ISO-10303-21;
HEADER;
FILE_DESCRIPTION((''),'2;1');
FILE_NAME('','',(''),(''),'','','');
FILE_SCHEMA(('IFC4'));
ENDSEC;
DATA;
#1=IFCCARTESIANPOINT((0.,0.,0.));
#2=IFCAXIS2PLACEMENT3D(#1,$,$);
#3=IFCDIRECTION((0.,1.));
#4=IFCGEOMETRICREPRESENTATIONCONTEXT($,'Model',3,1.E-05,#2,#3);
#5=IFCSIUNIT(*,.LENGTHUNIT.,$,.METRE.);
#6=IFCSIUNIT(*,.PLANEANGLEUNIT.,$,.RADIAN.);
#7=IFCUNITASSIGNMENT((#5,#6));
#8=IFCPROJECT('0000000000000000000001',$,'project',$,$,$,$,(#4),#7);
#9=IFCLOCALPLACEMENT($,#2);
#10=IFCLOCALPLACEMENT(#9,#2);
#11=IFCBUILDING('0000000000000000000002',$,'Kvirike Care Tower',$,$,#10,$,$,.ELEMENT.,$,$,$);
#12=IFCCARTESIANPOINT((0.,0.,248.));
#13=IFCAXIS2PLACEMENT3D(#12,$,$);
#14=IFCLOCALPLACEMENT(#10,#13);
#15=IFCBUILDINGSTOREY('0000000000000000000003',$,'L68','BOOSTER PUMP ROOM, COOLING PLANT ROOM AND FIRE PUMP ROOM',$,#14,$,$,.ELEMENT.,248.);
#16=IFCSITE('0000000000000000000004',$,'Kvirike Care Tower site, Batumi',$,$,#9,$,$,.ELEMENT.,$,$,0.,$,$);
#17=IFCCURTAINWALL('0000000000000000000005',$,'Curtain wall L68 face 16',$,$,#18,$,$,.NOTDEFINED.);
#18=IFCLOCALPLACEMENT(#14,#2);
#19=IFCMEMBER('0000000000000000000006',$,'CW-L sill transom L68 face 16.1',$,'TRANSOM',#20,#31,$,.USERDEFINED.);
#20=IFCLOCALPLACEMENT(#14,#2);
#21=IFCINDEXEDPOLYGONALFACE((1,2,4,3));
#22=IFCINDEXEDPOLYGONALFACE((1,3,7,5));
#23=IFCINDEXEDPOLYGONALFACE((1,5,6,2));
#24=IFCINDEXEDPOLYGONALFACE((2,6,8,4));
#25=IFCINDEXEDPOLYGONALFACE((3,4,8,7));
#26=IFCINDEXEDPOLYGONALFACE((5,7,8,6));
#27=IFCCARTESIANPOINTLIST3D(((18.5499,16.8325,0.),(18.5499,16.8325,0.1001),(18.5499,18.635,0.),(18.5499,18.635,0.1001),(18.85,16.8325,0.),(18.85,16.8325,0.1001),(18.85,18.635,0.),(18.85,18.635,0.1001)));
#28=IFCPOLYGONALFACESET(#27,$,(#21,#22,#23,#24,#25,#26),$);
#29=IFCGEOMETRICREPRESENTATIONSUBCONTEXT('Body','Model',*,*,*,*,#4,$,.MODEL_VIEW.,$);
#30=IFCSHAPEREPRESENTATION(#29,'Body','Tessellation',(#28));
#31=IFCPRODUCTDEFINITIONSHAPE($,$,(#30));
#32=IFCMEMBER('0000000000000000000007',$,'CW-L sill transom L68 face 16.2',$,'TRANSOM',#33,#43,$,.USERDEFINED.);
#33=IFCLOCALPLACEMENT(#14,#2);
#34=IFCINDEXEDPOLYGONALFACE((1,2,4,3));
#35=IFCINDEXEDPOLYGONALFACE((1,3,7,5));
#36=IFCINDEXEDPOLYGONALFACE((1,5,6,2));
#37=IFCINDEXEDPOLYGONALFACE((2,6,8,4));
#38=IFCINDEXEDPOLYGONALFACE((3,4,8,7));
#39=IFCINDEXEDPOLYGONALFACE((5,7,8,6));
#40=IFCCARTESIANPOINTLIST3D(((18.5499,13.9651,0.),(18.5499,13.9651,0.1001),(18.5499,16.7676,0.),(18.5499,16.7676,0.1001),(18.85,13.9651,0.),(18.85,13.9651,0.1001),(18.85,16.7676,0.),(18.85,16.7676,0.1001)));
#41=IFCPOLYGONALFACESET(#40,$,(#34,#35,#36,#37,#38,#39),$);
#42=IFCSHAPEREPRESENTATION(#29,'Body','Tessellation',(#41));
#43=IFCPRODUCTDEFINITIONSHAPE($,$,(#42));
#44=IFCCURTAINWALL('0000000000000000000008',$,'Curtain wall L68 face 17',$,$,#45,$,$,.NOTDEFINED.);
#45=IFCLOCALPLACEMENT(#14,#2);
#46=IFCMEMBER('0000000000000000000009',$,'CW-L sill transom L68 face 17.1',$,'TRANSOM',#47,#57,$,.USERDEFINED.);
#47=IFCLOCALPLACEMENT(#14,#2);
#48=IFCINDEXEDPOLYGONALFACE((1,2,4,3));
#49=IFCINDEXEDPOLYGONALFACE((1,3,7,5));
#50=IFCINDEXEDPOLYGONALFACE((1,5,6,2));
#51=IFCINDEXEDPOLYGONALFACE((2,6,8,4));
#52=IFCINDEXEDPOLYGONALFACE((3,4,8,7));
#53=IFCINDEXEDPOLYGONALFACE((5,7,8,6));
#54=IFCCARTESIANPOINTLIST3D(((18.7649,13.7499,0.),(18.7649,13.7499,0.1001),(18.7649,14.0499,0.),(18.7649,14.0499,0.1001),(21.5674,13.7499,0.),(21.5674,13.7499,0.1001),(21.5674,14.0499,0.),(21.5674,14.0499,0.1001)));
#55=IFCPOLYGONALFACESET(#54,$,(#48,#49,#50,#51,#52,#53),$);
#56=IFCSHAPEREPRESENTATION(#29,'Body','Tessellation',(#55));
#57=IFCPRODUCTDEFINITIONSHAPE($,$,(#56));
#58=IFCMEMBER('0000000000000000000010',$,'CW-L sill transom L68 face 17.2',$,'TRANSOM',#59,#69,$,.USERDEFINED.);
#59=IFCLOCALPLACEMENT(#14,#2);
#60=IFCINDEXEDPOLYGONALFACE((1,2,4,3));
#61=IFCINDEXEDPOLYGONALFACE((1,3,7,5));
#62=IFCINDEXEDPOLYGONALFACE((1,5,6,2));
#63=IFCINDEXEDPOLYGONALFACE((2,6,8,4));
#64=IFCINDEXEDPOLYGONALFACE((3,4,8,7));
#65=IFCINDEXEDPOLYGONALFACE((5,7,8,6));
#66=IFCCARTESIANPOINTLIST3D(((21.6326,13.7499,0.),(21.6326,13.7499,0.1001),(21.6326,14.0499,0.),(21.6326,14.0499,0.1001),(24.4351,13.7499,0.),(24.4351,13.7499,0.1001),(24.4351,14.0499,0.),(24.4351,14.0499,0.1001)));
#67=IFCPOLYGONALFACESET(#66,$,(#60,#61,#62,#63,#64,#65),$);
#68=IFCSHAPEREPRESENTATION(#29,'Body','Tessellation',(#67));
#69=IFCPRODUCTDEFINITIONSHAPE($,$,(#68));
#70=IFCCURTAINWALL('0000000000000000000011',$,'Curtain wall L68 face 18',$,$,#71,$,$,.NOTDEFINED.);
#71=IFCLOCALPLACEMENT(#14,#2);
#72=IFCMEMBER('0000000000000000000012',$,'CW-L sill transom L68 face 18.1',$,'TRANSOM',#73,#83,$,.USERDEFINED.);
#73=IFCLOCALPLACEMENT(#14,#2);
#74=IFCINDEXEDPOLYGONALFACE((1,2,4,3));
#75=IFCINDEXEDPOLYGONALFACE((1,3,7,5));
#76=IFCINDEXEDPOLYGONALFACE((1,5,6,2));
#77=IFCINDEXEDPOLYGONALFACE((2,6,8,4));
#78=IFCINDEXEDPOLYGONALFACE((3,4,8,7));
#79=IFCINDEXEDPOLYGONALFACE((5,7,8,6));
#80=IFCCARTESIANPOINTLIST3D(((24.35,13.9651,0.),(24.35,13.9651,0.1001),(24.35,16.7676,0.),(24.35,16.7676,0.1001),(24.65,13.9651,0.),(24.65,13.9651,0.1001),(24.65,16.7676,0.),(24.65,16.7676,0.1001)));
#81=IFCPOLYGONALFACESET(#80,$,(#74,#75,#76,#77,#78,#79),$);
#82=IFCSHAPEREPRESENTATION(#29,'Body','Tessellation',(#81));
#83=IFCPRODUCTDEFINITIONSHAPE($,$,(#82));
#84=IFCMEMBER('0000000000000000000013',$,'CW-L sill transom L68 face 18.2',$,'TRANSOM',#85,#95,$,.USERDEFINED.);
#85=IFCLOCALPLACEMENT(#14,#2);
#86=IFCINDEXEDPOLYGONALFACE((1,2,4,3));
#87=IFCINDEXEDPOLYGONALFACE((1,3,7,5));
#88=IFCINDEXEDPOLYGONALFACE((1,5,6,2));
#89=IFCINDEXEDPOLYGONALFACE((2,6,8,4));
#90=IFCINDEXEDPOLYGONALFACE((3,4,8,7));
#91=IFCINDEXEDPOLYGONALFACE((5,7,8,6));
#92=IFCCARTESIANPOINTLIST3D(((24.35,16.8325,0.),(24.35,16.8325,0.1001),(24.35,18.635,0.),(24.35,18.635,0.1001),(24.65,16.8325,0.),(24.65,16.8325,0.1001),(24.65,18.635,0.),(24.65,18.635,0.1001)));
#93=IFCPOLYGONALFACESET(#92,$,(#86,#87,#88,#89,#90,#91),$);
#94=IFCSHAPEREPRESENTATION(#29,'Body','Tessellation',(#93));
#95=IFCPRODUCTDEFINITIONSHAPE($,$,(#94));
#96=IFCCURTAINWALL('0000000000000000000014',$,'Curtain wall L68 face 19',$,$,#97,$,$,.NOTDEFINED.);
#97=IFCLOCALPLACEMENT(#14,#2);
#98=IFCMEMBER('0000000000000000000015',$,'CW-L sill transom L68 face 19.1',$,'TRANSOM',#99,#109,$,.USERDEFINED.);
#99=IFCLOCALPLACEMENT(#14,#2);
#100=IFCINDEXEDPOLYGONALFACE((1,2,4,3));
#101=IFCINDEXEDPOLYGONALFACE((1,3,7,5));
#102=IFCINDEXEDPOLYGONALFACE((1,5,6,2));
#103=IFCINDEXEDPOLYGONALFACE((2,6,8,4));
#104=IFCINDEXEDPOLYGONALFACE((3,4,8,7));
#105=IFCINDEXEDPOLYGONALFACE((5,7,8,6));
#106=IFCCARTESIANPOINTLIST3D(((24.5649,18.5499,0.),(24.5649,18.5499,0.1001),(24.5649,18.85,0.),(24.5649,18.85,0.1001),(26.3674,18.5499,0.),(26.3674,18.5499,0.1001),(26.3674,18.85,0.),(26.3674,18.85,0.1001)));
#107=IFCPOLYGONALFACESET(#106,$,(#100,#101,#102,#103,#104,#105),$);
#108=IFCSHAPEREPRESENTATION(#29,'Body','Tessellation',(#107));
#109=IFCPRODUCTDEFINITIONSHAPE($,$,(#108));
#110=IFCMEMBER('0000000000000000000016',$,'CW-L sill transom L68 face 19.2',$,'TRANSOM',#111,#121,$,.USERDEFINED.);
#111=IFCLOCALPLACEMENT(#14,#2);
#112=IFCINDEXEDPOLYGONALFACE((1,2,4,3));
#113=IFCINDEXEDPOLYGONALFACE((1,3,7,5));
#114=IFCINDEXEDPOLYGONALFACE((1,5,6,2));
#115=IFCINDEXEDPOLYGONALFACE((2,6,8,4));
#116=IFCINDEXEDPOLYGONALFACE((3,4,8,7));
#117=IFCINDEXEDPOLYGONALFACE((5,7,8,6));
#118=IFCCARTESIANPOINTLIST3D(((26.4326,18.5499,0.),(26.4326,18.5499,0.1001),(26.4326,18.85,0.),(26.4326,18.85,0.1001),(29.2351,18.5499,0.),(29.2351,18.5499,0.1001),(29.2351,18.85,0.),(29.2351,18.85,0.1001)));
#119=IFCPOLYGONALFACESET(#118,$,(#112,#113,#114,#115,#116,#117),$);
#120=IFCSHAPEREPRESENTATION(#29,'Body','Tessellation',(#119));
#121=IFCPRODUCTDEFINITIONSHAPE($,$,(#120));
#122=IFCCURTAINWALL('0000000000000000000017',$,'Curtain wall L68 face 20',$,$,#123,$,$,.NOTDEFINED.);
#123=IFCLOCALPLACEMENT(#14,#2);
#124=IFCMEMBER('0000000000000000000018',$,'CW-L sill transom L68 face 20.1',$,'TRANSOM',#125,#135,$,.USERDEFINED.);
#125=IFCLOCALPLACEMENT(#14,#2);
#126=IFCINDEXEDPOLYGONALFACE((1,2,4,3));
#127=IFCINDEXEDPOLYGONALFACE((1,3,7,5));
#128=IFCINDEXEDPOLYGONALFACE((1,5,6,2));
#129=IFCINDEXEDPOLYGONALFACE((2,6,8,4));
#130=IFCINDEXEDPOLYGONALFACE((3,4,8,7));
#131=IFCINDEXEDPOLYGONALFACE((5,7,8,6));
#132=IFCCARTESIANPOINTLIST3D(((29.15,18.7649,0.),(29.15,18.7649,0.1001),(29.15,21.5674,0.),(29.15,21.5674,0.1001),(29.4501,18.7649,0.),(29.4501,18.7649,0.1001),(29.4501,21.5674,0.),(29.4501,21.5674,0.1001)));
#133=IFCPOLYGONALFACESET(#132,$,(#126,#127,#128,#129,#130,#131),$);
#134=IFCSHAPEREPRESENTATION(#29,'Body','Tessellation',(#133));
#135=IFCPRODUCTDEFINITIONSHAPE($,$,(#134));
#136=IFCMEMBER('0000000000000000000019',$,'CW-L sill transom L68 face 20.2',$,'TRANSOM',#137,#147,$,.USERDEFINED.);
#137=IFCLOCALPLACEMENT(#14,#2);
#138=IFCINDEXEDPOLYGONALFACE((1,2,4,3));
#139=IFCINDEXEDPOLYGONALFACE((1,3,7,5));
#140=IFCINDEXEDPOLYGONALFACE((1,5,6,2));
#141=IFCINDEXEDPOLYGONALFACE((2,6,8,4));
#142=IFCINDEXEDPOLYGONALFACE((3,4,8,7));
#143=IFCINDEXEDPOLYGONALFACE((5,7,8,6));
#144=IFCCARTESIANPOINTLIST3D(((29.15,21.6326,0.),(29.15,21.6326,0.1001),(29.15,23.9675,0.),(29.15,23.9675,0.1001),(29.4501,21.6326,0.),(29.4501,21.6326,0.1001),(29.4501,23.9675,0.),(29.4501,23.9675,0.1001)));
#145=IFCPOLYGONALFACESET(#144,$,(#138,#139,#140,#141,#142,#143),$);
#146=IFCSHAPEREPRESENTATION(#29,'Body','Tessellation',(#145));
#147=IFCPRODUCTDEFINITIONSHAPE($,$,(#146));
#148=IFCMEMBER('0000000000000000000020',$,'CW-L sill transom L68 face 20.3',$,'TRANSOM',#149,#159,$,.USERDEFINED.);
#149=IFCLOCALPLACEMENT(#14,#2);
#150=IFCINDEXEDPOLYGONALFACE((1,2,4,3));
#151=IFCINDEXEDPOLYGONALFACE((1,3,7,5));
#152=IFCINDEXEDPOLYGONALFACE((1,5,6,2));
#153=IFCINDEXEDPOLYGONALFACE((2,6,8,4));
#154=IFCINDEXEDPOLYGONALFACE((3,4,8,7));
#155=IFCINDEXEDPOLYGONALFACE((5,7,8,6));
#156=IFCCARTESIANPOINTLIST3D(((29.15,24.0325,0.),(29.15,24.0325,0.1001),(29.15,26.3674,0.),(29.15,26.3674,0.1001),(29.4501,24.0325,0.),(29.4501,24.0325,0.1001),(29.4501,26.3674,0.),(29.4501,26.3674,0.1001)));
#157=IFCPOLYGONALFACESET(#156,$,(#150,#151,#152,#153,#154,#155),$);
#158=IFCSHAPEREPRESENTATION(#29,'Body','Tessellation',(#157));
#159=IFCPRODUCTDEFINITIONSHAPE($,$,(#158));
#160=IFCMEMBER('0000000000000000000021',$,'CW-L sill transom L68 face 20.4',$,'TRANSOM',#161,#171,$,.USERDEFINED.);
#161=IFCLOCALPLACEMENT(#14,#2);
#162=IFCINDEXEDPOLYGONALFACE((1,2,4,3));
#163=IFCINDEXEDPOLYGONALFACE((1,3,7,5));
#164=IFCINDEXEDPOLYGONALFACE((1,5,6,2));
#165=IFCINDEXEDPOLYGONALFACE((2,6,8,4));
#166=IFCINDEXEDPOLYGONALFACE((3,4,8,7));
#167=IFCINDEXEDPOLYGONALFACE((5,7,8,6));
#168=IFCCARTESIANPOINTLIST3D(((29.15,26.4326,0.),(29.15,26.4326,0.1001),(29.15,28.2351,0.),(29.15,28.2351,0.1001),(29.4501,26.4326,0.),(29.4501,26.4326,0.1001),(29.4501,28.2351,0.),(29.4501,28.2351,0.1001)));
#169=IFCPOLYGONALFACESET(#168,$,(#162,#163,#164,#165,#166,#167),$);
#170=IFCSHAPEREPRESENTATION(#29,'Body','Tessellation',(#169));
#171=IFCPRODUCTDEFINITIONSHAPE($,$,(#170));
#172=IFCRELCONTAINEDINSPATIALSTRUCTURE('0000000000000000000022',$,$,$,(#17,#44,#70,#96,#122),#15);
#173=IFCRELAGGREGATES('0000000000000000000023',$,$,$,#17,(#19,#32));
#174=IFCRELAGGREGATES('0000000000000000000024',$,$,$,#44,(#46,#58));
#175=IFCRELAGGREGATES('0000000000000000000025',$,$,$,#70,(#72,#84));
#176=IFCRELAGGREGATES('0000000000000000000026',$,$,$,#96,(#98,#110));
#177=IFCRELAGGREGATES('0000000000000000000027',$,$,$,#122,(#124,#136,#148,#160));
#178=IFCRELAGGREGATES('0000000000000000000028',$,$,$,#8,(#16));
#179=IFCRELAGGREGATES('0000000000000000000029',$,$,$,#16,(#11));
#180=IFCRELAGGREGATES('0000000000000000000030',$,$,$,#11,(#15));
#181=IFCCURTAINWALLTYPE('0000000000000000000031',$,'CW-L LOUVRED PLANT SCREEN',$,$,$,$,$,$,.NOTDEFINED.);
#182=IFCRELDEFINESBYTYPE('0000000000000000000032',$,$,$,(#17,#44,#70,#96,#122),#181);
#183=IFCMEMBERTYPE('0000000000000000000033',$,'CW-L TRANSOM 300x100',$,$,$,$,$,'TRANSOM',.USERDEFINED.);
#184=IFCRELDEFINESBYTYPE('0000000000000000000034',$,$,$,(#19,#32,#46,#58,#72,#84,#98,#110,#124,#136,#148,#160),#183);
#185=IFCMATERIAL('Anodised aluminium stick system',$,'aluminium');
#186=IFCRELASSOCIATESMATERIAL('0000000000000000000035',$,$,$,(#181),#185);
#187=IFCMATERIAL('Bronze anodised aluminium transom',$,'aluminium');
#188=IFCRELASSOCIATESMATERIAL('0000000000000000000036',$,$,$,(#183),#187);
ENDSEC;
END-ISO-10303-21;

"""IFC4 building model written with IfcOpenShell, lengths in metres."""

from ifc_helpers import new_model, si_unit, direction, frame, origin, origin_2d, place, context, subcontext, project, spatial, rectangle, extrude, material, material_profile, profile_set, type_object, element, aggregate, save


model = new_model("IFC4")

# Units and contexts
model_context = context("Model", 3, precision=1e-05, world=origin(), true_north=direction((0.0, 1.0)))
body_context = subcontext(model_context, "Body", "Model", "MODEL_VIEW")
ifc_project = project(units=[si_unit("LENGTHUNIT", "METRE"), si_unit("PLANEANGLEUNIT", "RADIAN")], contexts=[model_context])

# Site, building, storey
site_placement = place(None, origin())
site = spatial("IfcSite", under=ifc_project, at=site_placement, Name="Kvirike Care Tower site, Batumi", CompositionType="ELEMENT", RefElevation=0.0)
building_placement = place(site_placement, origin())
building = spatial("IfcBuilding", under=site, at=building_placement, Name="Kvirike Care Tower", CompositionType="ELEMENT")
storey_placement = place(building_placement, frame((0.0, 0.0, 248.0)))
storey = spatial("IfcBuildingStorey", under=building, at=storey_placement, Name="L68", Description="BOOSTER PUMP ROOM, COOLING PLANT ROOM AND FIRE PUMP ROOM", CompositionType="ELEMENT", Elevation=248.0)

# Curtain walls, members
ifc_material_1 = material(Name="Anodised aluminium stick system", Category="aluminium")
curtain_wall_type = type_object("IfcCurtainWallType", Name="CW-L LOUVRED PLANT SCREEN", PredefinedType="NOTDEFINED", material=ifc_material_1)
curtain_wall_1_placement = place(storey_placement, origin())
curtain_wall_1 = element("IfcCurtainWall", 1, at=curtain_wall_1_placement, inside=storey, type_object=curtain_wall_type, Name="Curtain wall L68 face 16", PredefinedType="NOTDEFINED")
ifc_material_2 = material(Name="Bronze anodised aluminium transom", Category="aluminium")
ifc_material_profile_1 = material_profile(ifc_material_2, rectangle(XDim=0.3, YDim=0.1001, at=origin_2d()), Name="CW-L TRANSOM 300x100")
ifc_profile_set_1 = profile_set([ifc_material_profile_1], Name="Bronze anodised aluminium transom")
member_type = type_object("IfcMemberType", Name="CW-L TRANSOM 300x100", ElementType="TRANSOM", PredefinedType="USERDEFINED", material=ifc_profile_set_1)
member_1_placement = place(storey_placement, frame((18.7, 18.635, 0.05), z_axis=(0.0, -1.0, 0.0), x_axis=(1.0, 0.0, 0.0)))
member_1 = element("IfcMember", 2, at=member_1_placement, type_object=member_type, Name="CW-L sill transom L68 face 16.1", ObjectType="TRANSOM", PredefinedType="USERDEFINED", context=body_context, shape_type="SweptSolid", body=[
    extrude(rectangle(XDim=0.3, YDim=0.1001, at=origin_2d()), origin(), (0.0, 0.0, 1.0), 1.8025),
])
member_2_placement = place(storey_placement, frame((18.7, 16.7676, 0.05), z_axis=(0.0, -1.0, 0.0), x_axis=(1.0, 0.0, 0.0)))
member_2 = element("IfcMember", 3, at=member_2_placement, type_object=member_type, Name="CW-L sill transom L68 face 16.2", ObjectType="TRANSOM", PredefinedType="USERDEFINED", context=body_context, shape_type="SweptSolid", body=[
    extrude(rectangle(XDim=0.3, YDim=0.1001, at=origin_2d()), origin(), (0.0, 0.0, 1.0), 2.8025),
])
curtain_wall_2_placement = place(storey_placement, origin())
curtain_wall_2 = element("IfcCurtainWall", 4, at=curtain_wall_2_placement, inside=storey, type_object=curtain_wall_type, Name="Curtain wall L68 face 17", PredefinedType="NOTDEFINED")
member_3_placement = place(storey_placement, frame((18.7649, 13.8999, 0.05), z_axis=(1.0, 0.0, 0.0), x_axis=(0.0, 1.0, 0.0)))
member_3 = element("IfcMember", 5, at=member_3_placement, type_object=member_type, Name="CW-L sill transom L68 face 17.1", ObjectType="TRANSOM", PredefinedType="USERDEFINED", context=body_context, shape_type="SweptSolid", body=[
    extrude(rectangle(XDim=0.3, YDim=0.1001, at=origin_2d()), origin(), (0.0, 0.0, 1.0), 2.8025),
])
member_4_placement = place(storey_placement, frame((21.6326, 13.8999, 0.05), z_axis=(1.0, 0.0, 0.0), x_axis=(0.0, 1.0, 0.0)))
member_4 = element("IfcMember", 6, at=member_4_placement, type_object=member_type, Name="CW-L sill transom L68 face 17.2", ObjectType="TRANSOM", PredefinedType="USERDEFINED", context=body_context, shape_type="SweptSolid", body=[
    extrude(rectangle(XDim=0.3, YDim=0.1001, at=origin_2d()), origin(), (0.0, 0.0, 1.0), 2.8025),
])
curtain_wall_3_placement = place(storey_placement, origin())
curtain_wall_3 = element("IfcCurtainWall", 7, at=curtain_wall_3_placement, inside=storey, type_object=curtain_wall_type, Name="Curtain wall L68 face 18", PredefinedType="NOTDEFINED")
member_5_placement = place(storey_placement, frame((24.5, 13.9651, 0.05), z_axis=(0.0, 1.0, 0.0), x_axis=(-1.0, 0.0, 0.0)))
member_5 = element("IfcMember", 8, at=member_5_placement, type_object=member_type, Name="CW-L sill transom L68 face 18.1", ObjectType="TRANSOM", PredefinedType="USERDEFINED", context=body_context, shape_type="SweptSolid", body=[
    extrude(rectangle(XDim=0.3, YDim=0.1001, at=origin_2d()), origin(), (0.0, 0.0, 1.0), 2.8025),
])
member_6_placement = place(storey_placement, frame((24.5, 16.8325, 0.05), z_axis=(0.0, 1.0, 0.0), x_axis=(-1.0, 0.0, 0.0)))
member_6 = element("IfcMember", 9, at=member_6_placement, type_object=member_type, Name="CW-L sill transom L68 face 18.2", ObjectType="TRANSOM", PredefinedType="USERDEFINED", context=body_context, shape_type="SweptSolid", body=[
    extrude(rectangle(XDim=0.3, YDim=0.1001, at=origin_2d()), origin(), (0.0, 0.0, 1.0), 1.8025),
])
curtain_wall_4_placement = place(storey_placement, origin())
curtain_wall_4 = element("IfcCurtainWall", 10, at=curtain_wall_4_placement, inside=storey, type_object=curtain_wall_type, Name="Curtain wall L68 face 19", PredefinedType="NOTDEFINED")
member_7_placement = place(storey_placement, frame((24.5649, 18.7, 0.05), z_axis=(1.0, 0.0, 0.0), x_axis=(0.0, 1.0, 0.0)))
member_7 = element("IfcMember", 11, at=member_7_placement, type_object=member_type, Name="CW-L sill transom L68 face 19.1", ObjectType="TRANSOM", PredefinedType="USERDEFINED", context=body_context, shape_type="SweptSolid", body=[
    extrude(rectangle(XDim=0.3, YDim=0.1001, at=origin_2d()), origin(), (0.0, 0.0, 1.0), 1.8025),
])
member_8_placement = place(storey_placement, frame((26.4326, 18.7, 0.05), z_axis=(1.0, 0.0, 0.0), x_axis=(0.0, 1.0, 0.0)))
member_8 = element("IfcMember", 12, at=member_8_placement, type_object=member_type, Name="CW-L sill transom L68 face 19.2", ObjectType="TRANSOM", PredefinedType="USERDEFINED", context=body_context, shape_type="SweptSolid", body=[
    extrude(rectangle(XDim=0.3, YDim=0.1001, at=origin_2d()), origin(), (0.0, 0.0, 1.0), 2.8025),
])
curtain_wall_5_placement = place(storey_placement, origin())
curtain_wall_5 = element("IfcCurtainWall", 13, at=curtain_wall_5_placement, inside=storey, type_object=curtain_wall_type, Name="Curtain wall L68 face 20", PredefinedType="NOTDEFINED")
member_9_placement = place(storey_placement, frame((29.3, 18.7649, 0.05), z_axis=(0.0, 1.0, 0.0), x_axis=(-1.0, 0.0, 0.0)))
member_9 = element("IfcMember", 14, at=member_9_placement, type_object=member_type, Name="CW-L sill transom L68 face 20.1", ObjectType="TRANSOM", PredefinedType="USERDEFINED", context=body_context, shape_type="SweptSolid", body=[
    extrude(rectangle(XDim=0.3, YDim=0.1001, at=origin_2d()), origin(), (0.0, 0.0, 1.0), 2.8025),
])
member_10_placement = place(storey_placement, frame((29.3, 21.6326, 0.05), z_axis=(0.0, 1.0, 0.0), x_axis=(-1.0, 0.0, 0.0)))
member_10 = element("IfcMember", 15, at=member_10_placement, type_object=member_type, Name="CW-L sill transom L68 face 20.2", ObjectType="TRANSOM", PredefinedType="USERDEFINED", context=body_context, shape_type="SweptSolid", body=[
    extrude(rectangle(XDim=0.3, YDim=0.1001, at=origin_2d()), origin(), (0.0, 0.0, 1.0), 2.335),
])
member_11_placement = place(storey_placement, frame((29.3, 24.0325, 0.05), z_axis=(0.0, 1.0, 0.0), x_axis=(-1.0, 0.0, 0.0)))
member_11 = element("IfcMember", 16, at=member_11_placement, type_object=member_type, Name="CW-L sill transom L68 face 20.3", ObjectType="TRANSOM", PredefinedType="USERDEFINED", context=body_context, shape_type="SweptSolid", body=[
    extrude(rectangle(XDim=0.3, YDim=0.1001, at=origin_2d()), origin(), (0.0, 0.0, 1.0), 2.335),
])
member_12_placement = place(storey_placement, frame((29.3, 26.4326, 0.05), z_axis=(0.0, 1.0, 0.0), x_axis=(-1.0, 0.0, 0.0)))
member_12 = element("IfcMember", 17, at=member_12_placement, type_object=member_type, Name="CW-L sill transom L68 face 20.4", ObjectType="TRANSOM", PredefinedType="USERDEFINED", context=body_context, shape_type="SweptSolid", body=[
    extrude(rectangle(XDim=0.3, YDim=0.1001, at=origin_2d()), origin(), (0.0, 0.0, 1.0), 1.8025),
])

aggregate(curtain_wall_1, [member_1, member_2])
aggregate(curtain_wall_2, [member_3, member_4])
aggregate(curtain_wall_3, [member_5, member_6])
aggregate(curtain_wall_4, [member_7, member_8])
aggregate(curtain_wall_5, [member_9, member_10, member_11, member_12])

save(model, "model.ifc")
